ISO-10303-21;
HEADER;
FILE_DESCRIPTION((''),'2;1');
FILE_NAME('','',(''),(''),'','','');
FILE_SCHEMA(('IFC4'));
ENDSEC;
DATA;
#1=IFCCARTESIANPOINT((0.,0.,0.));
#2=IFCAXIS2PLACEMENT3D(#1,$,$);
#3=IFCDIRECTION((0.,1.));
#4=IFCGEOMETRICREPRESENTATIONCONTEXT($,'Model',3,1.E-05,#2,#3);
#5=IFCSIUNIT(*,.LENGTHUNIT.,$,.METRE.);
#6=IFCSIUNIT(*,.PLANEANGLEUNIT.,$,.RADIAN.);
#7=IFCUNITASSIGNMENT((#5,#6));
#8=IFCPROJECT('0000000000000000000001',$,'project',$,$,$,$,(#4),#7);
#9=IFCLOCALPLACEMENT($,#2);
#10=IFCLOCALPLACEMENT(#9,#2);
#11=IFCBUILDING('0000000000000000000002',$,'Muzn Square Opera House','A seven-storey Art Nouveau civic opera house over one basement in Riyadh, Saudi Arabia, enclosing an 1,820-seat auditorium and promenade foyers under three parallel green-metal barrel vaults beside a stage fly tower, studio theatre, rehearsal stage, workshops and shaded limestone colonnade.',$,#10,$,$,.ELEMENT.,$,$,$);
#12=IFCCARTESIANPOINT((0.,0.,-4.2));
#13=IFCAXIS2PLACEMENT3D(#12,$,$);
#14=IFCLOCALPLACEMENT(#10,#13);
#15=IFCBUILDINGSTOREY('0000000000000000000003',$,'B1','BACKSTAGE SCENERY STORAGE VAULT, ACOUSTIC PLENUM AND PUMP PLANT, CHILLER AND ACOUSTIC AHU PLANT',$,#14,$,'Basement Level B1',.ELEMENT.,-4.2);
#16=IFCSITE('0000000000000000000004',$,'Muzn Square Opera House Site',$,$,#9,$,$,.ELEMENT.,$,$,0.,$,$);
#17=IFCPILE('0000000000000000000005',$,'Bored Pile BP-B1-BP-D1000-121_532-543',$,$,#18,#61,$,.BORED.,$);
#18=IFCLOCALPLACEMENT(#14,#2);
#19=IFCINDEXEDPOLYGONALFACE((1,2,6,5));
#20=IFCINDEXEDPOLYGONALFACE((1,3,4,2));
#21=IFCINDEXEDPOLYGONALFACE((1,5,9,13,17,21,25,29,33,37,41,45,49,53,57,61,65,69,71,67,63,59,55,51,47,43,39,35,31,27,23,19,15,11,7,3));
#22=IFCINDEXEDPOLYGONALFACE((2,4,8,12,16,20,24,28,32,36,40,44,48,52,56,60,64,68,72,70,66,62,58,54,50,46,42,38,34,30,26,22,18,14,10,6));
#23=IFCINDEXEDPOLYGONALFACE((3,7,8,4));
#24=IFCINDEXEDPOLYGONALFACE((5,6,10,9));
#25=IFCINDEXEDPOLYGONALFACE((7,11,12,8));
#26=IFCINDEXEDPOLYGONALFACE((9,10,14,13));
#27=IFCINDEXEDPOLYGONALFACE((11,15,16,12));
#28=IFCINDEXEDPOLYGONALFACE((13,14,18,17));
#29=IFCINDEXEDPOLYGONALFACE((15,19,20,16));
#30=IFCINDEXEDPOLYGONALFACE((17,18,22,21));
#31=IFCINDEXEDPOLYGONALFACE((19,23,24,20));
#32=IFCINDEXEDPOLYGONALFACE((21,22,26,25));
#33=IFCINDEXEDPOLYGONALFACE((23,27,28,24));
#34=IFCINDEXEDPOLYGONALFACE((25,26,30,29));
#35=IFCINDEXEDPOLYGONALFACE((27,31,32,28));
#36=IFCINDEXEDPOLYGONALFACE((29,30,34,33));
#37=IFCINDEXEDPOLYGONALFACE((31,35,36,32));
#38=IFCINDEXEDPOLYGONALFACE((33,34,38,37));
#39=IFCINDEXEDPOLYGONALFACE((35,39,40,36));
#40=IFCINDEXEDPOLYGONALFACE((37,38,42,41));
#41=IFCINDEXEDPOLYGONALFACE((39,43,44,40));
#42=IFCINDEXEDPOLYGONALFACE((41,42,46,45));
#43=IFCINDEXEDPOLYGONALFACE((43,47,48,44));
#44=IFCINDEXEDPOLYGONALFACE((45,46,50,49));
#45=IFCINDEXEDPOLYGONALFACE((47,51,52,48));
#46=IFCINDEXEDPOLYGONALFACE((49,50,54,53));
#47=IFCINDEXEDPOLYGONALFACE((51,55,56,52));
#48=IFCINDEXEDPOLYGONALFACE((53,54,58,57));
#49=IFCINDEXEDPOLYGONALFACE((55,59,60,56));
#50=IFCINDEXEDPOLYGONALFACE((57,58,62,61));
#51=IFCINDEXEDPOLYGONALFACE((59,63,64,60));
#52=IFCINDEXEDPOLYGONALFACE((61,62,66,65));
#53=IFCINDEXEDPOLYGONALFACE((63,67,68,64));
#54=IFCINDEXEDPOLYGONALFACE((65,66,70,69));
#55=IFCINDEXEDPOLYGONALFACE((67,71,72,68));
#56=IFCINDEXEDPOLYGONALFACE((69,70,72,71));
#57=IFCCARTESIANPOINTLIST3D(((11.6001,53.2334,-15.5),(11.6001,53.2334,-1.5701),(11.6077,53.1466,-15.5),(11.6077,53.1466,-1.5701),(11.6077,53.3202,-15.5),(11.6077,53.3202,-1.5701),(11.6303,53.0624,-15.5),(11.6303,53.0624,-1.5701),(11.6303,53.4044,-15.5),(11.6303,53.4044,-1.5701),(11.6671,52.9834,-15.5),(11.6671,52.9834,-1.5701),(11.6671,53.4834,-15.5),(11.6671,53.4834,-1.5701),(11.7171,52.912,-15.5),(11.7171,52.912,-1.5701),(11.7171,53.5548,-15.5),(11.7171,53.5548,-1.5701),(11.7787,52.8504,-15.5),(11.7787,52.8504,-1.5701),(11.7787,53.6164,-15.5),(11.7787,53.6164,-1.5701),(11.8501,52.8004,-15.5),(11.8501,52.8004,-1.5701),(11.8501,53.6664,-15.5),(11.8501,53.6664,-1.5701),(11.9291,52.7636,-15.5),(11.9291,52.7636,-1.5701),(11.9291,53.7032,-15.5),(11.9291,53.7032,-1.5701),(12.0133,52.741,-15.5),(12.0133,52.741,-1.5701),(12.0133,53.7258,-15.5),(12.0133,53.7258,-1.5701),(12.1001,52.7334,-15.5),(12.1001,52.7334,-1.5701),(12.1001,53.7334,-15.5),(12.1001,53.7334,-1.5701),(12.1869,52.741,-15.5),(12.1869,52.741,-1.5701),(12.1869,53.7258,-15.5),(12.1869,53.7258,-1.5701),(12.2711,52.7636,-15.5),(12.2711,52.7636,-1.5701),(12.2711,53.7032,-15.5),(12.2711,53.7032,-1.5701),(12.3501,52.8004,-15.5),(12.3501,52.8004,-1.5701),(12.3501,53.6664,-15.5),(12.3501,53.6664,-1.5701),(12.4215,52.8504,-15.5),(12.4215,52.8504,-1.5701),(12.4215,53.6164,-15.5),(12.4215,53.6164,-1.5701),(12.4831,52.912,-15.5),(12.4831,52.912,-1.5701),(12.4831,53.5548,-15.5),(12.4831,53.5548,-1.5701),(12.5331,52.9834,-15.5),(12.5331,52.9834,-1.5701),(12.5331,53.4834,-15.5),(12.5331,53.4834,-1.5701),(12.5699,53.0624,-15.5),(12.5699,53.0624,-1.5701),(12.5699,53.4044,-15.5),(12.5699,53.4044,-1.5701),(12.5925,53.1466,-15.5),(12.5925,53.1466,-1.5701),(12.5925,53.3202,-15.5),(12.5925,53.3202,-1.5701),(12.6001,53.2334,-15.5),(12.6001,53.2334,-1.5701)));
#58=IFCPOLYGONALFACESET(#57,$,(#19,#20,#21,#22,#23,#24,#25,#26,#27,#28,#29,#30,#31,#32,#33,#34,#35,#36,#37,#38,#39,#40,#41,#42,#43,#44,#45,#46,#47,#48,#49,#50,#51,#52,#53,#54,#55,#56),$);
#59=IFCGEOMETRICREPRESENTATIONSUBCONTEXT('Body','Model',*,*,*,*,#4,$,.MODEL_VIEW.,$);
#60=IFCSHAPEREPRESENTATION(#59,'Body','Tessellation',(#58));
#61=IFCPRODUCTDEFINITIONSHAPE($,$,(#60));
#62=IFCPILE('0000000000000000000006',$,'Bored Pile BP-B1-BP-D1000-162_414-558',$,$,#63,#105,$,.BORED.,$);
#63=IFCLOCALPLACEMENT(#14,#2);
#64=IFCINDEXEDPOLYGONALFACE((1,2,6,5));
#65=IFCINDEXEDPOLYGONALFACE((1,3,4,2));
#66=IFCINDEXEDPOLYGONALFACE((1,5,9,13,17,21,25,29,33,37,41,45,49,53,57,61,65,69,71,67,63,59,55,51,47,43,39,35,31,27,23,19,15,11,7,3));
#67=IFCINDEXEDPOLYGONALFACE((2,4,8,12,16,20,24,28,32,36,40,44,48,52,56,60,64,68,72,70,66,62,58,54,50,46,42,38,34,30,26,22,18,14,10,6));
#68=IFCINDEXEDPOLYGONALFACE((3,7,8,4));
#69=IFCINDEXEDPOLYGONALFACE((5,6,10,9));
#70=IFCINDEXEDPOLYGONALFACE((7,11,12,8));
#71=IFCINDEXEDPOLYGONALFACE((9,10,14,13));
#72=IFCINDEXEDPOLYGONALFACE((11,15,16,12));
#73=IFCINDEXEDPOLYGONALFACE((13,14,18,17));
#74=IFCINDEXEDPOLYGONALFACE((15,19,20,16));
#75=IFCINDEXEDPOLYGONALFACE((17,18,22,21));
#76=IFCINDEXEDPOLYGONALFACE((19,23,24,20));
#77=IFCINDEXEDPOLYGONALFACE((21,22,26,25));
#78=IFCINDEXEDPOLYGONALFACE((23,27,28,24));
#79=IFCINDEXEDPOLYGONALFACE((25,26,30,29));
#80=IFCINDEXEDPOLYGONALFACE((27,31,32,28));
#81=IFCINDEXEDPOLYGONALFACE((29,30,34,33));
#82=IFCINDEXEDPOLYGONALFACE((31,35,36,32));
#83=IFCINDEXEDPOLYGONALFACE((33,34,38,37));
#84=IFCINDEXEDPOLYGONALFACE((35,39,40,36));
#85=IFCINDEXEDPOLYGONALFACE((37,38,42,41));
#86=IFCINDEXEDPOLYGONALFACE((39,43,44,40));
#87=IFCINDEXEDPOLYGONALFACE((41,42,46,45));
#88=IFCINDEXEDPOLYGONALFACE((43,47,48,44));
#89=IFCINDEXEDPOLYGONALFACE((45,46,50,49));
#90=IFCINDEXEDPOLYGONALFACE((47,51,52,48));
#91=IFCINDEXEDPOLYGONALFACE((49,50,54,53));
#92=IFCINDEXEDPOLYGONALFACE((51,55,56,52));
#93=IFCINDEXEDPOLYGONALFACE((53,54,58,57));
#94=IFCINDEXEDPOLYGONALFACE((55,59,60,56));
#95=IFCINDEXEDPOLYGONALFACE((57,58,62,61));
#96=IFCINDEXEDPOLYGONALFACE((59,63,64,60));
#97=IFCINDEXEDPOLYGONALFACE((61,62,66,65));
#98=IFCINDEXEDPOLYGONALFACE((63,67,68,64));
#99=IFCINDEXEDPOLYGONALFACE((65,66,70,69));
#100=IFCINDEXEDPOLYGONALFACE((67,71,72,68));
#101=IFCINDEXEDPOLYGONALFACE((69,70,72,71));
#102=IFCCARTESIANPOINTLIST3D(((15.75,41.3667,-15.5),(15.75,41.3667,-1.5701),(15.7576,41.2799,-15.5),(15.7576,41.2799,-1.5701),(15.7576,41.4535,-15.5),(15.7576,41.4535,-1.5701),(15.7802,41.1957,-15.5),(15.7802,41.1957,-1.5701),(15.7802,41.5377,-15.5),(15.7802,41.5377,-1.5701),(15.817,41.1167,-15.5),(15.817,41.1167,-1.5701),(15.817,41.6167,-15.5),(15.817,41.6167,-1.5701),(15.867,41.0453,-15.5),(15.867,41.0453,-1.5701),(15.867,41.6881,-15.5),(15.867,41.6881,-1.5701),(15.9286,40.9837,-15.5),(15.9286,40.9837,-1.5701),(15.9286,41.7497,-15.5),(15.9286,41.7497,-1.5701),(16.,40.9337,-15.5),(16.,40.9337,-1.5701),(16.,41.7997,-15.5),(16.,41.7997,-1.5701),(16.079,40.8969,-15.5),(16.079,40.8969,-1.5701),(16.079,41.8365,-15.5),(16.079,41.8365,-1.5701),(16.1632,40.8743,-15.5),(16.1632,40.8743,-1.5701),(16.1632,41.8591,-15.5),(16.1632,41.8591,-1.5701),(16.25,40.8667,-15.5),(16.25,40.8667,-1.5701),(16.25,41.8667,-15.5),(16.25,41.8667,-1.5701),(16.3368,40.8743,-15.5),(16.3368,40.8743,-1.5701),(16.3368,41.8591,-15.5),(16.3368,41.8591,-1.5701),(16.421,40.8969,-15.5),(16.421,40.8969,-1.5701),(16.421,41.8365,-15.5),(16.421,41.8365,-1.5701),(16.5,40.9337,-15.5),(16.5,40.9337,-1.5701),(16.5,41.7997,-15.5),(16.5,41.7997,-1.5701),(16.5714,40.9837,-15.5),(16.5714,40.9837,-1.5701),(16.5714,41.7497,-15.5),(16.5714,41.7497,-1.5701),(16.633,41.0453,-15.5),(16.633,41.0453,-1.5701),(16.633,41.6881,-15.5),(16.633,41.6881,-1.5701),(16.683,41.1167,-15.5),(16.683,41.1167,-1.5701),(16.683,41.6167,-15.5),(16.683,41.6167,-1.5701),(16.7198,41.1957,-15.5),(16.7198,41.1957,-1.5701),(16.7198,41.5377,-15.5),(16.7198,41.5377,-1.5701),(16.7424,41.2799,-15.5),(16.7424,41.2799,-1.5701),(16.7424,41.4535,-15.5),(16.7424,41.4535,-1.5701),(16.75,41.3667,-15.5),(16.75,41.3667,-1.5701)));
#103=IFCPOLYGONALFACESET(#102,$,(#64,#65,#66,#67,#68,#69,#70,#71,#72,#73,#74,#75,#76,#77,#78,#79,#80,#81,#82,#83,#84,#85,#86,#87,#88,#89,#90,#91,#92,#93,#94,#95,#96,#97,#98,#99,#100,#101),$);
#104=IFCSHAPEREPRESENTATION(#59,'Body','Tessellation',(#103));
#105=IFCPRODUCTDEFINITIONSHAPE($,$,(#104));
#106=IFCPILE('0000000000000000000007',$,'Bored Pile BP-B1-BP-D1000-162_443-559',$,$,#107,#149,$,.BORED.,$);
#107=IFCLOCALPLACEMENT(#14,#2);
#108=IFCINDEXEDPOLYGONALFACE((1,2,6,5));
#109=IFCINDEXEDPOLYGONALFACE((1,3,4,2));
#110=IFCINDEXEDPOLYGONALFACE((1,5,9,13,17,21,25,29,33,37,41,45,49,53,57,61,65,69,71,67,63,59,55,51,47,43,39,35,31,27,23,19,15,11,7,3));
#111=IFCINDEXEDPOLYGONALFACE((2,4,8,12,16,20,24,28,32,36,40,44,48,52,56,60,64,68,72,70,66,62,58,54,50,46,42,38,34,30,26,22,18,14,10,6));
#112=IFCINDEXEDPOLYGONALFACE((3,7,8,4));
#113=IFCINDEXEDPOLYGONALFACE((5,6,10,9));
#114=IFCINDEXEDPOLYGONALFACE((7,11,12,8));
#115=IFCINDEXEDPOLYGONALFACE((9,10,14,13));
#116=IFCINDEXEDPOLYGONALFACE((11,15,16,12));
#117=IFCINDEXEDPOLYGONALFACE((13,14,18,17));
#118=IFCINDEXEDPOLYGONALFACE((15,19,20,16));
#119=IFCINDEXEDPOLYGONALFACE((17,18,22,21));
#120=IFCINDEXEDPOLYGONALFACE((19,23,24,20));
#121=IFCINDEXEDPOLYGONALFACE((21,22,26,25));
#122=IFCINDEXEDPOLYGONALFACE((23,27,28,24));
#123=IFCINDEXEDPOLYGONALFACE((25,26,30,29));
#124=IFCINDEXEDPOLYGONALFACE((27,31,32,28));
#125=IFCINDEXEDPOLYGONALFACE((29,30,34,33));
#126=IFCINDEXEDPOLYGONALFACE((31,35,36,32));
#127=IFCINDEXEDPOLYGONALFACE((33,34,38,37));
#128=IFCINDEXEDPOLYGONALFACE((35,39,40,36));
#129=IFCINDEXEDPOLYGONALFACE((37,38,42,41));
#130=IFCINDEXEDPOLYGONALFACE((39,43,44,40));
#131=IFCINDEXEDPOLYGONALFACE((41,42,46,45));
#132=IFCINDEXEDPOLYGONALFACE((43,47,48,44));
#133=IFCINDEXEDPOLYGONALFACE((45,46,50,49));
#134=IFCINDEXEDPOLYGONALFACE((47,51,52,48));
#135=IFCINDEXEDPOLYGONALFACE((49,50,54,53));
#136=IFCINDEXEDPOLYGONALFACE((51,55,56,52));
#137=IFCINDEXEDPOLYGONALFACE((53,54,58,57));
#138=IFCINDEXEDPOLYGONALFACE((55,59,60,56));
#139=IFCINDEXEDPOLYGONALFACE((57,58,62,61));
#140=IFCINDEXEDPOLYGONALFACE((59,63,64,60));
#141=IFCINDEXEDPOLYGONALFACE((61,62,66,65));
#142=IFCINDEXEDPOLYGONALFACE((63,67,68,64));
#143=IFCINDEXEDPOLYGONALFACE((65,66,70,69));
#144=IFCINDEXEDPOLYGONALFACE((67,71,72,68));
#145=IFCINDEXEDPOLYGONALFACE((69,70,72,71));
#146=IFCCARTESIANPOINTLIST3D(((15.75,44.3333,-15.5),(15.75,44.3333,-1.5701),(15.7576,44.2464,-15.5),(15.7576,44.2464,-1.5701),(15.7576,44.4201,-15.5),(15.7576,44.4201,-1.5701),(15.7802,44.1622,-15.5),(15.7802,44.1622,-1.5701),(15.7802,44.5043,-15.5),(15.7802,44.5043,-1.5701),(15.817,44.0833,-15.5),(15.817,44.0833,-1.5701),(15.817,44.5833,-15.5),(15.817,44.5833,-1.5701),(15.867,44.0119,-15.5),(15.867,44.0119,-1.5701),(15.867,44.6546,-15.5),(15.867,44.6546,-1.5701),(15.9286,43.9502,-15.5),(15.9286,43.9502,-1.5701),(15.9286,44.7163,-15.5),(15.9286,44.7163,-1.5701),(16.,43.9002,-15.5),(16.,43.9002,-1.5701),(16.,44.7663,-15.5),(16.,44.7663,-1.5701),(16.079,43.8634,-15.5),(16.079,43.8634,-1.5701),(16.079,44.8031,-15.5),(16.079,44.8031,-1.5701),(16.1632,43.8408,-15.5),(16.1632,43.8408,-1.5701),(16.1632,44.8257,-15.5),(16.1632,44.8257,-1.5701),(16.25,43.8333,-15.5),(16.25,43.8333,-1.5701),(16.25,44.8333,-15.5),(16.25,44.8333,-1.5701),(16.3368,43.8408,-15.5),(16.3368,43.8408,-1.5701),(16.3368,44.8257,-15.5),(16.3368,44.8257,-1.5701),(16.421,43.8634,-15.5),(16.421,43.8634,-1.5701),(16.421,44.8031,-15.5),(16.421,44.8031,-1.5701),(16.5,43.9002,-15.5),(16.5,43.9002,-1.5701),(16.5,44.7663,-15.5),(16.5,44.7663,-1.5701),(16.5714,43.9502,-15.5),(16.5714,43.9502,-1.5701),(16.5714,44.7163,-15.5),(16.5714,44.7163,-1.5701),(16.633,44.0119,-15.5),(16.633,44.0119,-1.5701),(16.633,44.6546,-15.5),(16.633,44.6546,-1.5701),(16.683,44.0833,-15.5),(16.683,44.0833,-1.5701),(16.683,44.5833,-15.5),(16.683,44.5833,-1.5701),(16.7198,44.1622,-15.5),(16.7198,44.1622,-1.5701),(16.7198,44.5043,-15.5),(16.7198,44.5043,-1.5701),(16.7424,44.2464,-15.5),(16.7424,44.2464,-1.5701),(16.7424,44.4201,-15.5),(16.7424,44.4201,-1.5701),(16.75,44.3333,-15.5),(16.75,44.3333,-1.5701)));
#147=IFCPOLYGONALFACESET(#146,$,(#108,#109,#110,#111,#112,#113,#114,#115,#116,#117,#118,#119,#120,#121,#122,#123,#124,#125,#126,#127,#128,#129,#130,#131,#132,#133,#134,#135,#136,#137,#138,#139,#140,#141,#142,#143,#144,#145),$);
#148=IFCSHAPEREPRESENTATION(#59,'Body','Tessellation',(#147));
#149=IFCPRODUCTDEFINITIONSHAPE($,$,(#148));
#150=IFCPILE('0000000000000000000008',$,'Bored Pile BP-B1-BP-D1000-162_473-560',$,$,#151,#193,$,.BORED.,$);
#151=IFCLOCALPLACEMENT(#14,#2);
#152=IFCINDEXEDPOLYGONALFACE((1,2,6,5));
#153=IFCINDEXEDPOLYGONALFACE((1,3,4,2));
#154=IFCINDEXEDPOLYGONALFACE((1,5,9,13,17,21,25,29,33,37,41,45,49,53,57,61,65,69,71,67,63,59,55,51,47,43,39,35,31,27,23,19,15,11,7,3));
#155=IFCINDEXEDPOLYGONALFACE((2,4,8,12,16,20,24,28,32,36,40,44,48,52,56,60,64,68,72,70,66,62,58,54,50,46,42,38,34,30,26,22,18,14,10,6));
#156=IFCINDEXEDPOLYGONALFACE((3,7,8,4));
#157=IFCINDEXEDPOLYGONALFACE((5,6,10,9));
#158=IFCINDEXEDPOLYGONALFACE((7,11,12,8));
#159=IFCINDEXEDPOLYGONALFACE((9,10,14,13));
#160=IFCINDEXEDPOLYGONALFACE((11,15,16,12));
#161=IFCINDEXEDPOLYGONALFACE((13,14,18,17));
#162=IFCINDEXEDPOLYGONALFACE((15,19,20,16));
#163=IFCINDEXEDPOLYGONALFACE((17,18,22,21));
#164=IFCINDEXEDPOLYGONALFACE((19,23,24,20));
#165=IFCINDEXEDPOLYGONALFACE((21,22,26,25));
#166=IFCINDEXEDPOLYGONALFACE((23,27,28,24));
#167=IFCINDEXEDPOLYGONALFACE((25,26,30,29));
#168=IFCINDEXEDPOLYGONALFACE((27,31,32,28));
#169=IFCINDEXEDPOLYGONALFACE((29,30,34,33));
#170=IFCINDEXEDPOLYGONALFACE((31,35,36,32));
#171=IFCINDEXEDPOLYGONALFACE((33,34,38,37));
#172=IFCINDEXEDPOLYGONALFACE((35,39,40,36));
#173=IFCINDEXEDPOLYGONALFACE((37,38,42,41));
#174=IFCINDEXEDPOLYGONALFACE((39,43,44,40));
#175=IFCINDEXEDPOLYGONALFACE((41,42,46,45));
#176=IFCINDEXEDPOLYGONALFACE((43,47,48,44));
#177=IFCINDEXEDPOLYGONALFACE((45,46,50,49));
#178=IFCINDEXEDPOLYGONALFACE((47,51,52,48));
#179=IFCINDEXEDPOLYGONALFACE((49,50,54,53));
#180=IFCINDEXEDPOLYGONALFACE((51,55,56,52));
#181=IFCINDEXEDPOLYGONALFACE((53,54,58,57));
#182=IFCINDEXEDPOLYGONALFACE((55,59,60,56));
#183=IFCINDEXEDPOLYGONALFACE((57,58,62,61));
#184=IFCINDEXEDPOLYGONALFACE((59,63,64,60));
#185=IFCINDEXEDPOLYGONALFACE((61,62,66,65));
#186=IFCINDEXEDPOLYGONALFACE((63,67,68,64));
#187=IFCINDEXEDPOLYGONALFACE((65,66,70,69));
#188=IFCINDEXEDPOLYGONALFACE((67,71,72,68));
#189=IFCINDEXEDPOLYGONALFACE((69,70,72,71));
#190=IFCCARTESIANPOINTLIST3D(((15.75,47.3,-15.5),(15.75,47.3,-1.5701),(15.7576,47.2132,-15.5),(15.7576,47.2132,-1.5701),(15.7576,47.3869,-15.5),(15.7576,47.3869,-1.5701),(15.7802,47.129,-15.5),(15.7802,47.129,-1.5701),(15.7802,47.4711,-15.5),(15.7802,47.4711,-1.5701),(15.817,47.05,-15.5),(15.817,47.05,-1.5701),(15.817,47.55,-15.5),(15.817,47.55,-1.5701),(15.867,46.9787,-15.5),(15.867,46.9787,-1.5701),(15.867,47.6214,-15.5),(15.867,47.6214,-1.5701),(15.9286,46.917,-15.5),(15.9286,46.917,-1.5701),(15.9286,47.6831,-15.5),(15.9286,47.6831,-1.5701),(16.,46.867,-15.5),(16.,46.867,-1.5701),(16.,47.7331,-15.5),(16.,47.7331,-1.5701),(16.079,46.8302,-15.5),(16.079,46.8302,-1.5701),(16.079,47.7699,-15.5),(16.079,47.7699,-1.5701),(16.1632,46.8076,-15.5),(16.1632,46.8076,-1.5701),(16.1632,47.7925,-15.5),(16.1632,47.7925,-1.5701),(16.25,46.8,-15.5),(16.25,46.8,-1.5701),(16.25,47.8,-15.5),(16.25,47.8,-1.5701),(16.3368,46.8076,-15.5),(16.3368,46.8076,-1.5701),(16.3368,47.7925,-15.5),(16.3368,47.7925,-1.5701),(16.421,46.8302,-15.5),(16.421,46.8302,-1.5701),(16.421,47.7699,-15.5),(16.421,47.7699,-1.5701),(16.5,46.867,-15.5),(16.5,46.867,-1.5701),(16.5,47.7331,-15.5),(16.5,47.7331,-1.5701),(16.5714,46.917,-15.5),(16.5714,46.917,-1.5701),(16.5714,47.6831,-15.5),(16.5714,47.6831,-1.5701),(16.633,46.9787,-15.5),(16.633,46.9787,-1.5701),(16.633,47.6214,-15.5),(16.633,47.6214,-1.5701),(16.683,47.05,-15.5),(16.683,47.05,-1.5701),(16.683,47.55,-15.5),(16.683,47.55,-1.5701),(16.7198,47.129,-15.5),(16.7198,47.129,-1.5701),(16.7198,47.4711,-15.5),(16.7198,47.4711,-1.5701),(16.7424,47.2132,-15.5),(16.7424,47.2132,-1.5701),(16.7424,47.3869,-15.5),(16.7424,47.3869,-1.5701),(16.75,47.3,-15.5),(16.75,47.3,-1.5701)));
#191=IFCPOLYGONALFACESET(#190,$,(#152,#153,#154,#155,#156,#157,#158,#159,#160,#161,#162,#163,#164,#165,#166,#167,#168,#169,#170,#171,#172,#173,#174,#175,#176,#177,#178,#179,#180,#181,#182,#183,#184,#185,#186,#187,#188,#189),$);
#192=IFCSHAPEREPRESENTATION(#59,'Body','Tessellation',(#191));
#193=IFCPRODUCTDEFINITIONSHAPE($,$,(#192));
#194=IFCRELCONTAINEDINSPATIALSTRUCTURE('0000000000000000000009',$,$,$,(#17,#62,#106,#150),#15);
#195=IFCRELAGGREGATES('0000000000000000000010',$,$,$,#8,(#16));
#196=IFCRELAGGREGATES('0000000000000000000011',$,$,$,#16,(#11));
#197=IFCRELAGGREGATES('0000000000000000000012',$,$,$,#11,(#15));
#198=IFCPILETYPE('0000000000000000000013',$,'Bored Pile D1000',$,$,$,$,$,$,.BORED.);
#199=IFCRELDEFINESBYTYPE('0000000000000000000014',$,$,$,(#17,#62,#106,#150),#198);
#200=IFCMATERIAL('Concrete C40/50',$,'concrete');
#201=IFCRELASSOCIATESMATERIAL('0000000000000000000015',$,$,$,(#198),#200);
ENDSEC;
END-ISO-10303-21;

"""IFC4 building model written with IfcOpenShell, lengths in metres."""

from ifc_helpers import new_model, si_unit, direction, frame, origin, origin_2d, place, context, subcontext, project, spatial, circle, extrude, material, material_profile, profile_set, type_object, element, save


model = new_model("IFC4")

# Units and contexts
model_context = context("Model", 3, precision=1e-05, world=origin(), true_north=direction((0.0, 1.0)))
body_context = subcontext(model_context, "Body", "Model", "MODEL_VIEW")
ifc_project = project(units=[si_unit("LENGTHUNIT", "METRE"), si_unit("PLANEANGLEUNIT", "RADIAN")], contexts=[model_context])

# Site, building, storey
site_placement = place(None, origin())
site = spatial("IfcSite", under=ifc_project, at=site_placement, Name="Muzn Square Opera House Site", CompositionType="ELEMENT", RefElevation=0.0)
building_placement = place(site_placement, origin())
building = spatial("IfcBuilding", under=site, at=building_placement, Name="Muzn Square Opera House", Description="A seven-storey Art Nouveau civic opera house over one basement in Riyadh, Saudi Arabia, enclosing an 1,820-seat auditorium and promenade foyers under three parallel green-metal barrel vaults beside a stage fly tower, studio theatre, rehearsal stage, workshops and shaded limestone colonnade.", CompositionType="ELEMENT")
storey_placement = place(building_placement, frame((0.0, 0.0, -4.2)))
storey = spatial("IfcBuildingStorey", under=building, at=storey_placement, Name="B1", Description="BACKSTAGE SCENERY STORAGE VAULT, ACOUSTIC PLENUM AND PUMP PLANT, CHILLER AND ACOUSTIC AHU PLANT", LongName="Basement Level B1", CompositionType="ELEMENT", Elevation=-4.2)

# Piles
ifc_material_1 = material(Name="Concrete C40/50", Category="concrete")
ifc_material_profile_1 = material_profile(ifc_material_1, circle(Radius=0.5, at=origin_2d()), Name="BORED PILE D1000", Category="concrete")
ifc_profile_set_1 = profile_set([ifc_material_profile_1], Name="Concrete C40/50")
pile_type = type_object("IfcPileType", Name="Bored Pile D1000", PredefinedType="BORED", material=ifc_profile_set_1)
for number, where, z_axis, x_axis, name in (
    (1, (12.1001, 53.2334, -1.5701), (0.0, 0.0, -1.0), (1.0, 0.0, 0.0), "Bored Pile BP-B1-BP-D1000-121_532-543"),
    (2, (16.25, 41.3667, -1.5701), (0.0, 0.0, -1.0), (1.0, 0.0, 0.0), "Bored Pile BP-B1-BP-D1000-162_414-558"),
    (3, (16.25, 44.3333, -1.5701), (0.0, 0.0, -1.0), (1.0, 0.0, 0.0), "Bored Pile BP-B1-BP-D1000-162_443-559"),
    (4, (16.25, 47.3, -1.5701), (0.0, 0.0, -1.0), (1.0, 0.0, 0.0), "Bored Pile BP-B1-BP-D1000-162_473-560"),
):
    element("IfcPile", number, at=place(storey_placement, frame(where, z_axis=z_axis, x_axis=x_axis)), inside=storey, type_object=pile_type, Name=name, PredefinedType="BORED", context=body_context, shape_type="SweptSolid", body=[
        extrude(circle(Radius=0.5, at=origin_2d()), origin(), (0.0, 0.0, 1.0), 13.9299),
    ])

save(model, "model.ifc")
